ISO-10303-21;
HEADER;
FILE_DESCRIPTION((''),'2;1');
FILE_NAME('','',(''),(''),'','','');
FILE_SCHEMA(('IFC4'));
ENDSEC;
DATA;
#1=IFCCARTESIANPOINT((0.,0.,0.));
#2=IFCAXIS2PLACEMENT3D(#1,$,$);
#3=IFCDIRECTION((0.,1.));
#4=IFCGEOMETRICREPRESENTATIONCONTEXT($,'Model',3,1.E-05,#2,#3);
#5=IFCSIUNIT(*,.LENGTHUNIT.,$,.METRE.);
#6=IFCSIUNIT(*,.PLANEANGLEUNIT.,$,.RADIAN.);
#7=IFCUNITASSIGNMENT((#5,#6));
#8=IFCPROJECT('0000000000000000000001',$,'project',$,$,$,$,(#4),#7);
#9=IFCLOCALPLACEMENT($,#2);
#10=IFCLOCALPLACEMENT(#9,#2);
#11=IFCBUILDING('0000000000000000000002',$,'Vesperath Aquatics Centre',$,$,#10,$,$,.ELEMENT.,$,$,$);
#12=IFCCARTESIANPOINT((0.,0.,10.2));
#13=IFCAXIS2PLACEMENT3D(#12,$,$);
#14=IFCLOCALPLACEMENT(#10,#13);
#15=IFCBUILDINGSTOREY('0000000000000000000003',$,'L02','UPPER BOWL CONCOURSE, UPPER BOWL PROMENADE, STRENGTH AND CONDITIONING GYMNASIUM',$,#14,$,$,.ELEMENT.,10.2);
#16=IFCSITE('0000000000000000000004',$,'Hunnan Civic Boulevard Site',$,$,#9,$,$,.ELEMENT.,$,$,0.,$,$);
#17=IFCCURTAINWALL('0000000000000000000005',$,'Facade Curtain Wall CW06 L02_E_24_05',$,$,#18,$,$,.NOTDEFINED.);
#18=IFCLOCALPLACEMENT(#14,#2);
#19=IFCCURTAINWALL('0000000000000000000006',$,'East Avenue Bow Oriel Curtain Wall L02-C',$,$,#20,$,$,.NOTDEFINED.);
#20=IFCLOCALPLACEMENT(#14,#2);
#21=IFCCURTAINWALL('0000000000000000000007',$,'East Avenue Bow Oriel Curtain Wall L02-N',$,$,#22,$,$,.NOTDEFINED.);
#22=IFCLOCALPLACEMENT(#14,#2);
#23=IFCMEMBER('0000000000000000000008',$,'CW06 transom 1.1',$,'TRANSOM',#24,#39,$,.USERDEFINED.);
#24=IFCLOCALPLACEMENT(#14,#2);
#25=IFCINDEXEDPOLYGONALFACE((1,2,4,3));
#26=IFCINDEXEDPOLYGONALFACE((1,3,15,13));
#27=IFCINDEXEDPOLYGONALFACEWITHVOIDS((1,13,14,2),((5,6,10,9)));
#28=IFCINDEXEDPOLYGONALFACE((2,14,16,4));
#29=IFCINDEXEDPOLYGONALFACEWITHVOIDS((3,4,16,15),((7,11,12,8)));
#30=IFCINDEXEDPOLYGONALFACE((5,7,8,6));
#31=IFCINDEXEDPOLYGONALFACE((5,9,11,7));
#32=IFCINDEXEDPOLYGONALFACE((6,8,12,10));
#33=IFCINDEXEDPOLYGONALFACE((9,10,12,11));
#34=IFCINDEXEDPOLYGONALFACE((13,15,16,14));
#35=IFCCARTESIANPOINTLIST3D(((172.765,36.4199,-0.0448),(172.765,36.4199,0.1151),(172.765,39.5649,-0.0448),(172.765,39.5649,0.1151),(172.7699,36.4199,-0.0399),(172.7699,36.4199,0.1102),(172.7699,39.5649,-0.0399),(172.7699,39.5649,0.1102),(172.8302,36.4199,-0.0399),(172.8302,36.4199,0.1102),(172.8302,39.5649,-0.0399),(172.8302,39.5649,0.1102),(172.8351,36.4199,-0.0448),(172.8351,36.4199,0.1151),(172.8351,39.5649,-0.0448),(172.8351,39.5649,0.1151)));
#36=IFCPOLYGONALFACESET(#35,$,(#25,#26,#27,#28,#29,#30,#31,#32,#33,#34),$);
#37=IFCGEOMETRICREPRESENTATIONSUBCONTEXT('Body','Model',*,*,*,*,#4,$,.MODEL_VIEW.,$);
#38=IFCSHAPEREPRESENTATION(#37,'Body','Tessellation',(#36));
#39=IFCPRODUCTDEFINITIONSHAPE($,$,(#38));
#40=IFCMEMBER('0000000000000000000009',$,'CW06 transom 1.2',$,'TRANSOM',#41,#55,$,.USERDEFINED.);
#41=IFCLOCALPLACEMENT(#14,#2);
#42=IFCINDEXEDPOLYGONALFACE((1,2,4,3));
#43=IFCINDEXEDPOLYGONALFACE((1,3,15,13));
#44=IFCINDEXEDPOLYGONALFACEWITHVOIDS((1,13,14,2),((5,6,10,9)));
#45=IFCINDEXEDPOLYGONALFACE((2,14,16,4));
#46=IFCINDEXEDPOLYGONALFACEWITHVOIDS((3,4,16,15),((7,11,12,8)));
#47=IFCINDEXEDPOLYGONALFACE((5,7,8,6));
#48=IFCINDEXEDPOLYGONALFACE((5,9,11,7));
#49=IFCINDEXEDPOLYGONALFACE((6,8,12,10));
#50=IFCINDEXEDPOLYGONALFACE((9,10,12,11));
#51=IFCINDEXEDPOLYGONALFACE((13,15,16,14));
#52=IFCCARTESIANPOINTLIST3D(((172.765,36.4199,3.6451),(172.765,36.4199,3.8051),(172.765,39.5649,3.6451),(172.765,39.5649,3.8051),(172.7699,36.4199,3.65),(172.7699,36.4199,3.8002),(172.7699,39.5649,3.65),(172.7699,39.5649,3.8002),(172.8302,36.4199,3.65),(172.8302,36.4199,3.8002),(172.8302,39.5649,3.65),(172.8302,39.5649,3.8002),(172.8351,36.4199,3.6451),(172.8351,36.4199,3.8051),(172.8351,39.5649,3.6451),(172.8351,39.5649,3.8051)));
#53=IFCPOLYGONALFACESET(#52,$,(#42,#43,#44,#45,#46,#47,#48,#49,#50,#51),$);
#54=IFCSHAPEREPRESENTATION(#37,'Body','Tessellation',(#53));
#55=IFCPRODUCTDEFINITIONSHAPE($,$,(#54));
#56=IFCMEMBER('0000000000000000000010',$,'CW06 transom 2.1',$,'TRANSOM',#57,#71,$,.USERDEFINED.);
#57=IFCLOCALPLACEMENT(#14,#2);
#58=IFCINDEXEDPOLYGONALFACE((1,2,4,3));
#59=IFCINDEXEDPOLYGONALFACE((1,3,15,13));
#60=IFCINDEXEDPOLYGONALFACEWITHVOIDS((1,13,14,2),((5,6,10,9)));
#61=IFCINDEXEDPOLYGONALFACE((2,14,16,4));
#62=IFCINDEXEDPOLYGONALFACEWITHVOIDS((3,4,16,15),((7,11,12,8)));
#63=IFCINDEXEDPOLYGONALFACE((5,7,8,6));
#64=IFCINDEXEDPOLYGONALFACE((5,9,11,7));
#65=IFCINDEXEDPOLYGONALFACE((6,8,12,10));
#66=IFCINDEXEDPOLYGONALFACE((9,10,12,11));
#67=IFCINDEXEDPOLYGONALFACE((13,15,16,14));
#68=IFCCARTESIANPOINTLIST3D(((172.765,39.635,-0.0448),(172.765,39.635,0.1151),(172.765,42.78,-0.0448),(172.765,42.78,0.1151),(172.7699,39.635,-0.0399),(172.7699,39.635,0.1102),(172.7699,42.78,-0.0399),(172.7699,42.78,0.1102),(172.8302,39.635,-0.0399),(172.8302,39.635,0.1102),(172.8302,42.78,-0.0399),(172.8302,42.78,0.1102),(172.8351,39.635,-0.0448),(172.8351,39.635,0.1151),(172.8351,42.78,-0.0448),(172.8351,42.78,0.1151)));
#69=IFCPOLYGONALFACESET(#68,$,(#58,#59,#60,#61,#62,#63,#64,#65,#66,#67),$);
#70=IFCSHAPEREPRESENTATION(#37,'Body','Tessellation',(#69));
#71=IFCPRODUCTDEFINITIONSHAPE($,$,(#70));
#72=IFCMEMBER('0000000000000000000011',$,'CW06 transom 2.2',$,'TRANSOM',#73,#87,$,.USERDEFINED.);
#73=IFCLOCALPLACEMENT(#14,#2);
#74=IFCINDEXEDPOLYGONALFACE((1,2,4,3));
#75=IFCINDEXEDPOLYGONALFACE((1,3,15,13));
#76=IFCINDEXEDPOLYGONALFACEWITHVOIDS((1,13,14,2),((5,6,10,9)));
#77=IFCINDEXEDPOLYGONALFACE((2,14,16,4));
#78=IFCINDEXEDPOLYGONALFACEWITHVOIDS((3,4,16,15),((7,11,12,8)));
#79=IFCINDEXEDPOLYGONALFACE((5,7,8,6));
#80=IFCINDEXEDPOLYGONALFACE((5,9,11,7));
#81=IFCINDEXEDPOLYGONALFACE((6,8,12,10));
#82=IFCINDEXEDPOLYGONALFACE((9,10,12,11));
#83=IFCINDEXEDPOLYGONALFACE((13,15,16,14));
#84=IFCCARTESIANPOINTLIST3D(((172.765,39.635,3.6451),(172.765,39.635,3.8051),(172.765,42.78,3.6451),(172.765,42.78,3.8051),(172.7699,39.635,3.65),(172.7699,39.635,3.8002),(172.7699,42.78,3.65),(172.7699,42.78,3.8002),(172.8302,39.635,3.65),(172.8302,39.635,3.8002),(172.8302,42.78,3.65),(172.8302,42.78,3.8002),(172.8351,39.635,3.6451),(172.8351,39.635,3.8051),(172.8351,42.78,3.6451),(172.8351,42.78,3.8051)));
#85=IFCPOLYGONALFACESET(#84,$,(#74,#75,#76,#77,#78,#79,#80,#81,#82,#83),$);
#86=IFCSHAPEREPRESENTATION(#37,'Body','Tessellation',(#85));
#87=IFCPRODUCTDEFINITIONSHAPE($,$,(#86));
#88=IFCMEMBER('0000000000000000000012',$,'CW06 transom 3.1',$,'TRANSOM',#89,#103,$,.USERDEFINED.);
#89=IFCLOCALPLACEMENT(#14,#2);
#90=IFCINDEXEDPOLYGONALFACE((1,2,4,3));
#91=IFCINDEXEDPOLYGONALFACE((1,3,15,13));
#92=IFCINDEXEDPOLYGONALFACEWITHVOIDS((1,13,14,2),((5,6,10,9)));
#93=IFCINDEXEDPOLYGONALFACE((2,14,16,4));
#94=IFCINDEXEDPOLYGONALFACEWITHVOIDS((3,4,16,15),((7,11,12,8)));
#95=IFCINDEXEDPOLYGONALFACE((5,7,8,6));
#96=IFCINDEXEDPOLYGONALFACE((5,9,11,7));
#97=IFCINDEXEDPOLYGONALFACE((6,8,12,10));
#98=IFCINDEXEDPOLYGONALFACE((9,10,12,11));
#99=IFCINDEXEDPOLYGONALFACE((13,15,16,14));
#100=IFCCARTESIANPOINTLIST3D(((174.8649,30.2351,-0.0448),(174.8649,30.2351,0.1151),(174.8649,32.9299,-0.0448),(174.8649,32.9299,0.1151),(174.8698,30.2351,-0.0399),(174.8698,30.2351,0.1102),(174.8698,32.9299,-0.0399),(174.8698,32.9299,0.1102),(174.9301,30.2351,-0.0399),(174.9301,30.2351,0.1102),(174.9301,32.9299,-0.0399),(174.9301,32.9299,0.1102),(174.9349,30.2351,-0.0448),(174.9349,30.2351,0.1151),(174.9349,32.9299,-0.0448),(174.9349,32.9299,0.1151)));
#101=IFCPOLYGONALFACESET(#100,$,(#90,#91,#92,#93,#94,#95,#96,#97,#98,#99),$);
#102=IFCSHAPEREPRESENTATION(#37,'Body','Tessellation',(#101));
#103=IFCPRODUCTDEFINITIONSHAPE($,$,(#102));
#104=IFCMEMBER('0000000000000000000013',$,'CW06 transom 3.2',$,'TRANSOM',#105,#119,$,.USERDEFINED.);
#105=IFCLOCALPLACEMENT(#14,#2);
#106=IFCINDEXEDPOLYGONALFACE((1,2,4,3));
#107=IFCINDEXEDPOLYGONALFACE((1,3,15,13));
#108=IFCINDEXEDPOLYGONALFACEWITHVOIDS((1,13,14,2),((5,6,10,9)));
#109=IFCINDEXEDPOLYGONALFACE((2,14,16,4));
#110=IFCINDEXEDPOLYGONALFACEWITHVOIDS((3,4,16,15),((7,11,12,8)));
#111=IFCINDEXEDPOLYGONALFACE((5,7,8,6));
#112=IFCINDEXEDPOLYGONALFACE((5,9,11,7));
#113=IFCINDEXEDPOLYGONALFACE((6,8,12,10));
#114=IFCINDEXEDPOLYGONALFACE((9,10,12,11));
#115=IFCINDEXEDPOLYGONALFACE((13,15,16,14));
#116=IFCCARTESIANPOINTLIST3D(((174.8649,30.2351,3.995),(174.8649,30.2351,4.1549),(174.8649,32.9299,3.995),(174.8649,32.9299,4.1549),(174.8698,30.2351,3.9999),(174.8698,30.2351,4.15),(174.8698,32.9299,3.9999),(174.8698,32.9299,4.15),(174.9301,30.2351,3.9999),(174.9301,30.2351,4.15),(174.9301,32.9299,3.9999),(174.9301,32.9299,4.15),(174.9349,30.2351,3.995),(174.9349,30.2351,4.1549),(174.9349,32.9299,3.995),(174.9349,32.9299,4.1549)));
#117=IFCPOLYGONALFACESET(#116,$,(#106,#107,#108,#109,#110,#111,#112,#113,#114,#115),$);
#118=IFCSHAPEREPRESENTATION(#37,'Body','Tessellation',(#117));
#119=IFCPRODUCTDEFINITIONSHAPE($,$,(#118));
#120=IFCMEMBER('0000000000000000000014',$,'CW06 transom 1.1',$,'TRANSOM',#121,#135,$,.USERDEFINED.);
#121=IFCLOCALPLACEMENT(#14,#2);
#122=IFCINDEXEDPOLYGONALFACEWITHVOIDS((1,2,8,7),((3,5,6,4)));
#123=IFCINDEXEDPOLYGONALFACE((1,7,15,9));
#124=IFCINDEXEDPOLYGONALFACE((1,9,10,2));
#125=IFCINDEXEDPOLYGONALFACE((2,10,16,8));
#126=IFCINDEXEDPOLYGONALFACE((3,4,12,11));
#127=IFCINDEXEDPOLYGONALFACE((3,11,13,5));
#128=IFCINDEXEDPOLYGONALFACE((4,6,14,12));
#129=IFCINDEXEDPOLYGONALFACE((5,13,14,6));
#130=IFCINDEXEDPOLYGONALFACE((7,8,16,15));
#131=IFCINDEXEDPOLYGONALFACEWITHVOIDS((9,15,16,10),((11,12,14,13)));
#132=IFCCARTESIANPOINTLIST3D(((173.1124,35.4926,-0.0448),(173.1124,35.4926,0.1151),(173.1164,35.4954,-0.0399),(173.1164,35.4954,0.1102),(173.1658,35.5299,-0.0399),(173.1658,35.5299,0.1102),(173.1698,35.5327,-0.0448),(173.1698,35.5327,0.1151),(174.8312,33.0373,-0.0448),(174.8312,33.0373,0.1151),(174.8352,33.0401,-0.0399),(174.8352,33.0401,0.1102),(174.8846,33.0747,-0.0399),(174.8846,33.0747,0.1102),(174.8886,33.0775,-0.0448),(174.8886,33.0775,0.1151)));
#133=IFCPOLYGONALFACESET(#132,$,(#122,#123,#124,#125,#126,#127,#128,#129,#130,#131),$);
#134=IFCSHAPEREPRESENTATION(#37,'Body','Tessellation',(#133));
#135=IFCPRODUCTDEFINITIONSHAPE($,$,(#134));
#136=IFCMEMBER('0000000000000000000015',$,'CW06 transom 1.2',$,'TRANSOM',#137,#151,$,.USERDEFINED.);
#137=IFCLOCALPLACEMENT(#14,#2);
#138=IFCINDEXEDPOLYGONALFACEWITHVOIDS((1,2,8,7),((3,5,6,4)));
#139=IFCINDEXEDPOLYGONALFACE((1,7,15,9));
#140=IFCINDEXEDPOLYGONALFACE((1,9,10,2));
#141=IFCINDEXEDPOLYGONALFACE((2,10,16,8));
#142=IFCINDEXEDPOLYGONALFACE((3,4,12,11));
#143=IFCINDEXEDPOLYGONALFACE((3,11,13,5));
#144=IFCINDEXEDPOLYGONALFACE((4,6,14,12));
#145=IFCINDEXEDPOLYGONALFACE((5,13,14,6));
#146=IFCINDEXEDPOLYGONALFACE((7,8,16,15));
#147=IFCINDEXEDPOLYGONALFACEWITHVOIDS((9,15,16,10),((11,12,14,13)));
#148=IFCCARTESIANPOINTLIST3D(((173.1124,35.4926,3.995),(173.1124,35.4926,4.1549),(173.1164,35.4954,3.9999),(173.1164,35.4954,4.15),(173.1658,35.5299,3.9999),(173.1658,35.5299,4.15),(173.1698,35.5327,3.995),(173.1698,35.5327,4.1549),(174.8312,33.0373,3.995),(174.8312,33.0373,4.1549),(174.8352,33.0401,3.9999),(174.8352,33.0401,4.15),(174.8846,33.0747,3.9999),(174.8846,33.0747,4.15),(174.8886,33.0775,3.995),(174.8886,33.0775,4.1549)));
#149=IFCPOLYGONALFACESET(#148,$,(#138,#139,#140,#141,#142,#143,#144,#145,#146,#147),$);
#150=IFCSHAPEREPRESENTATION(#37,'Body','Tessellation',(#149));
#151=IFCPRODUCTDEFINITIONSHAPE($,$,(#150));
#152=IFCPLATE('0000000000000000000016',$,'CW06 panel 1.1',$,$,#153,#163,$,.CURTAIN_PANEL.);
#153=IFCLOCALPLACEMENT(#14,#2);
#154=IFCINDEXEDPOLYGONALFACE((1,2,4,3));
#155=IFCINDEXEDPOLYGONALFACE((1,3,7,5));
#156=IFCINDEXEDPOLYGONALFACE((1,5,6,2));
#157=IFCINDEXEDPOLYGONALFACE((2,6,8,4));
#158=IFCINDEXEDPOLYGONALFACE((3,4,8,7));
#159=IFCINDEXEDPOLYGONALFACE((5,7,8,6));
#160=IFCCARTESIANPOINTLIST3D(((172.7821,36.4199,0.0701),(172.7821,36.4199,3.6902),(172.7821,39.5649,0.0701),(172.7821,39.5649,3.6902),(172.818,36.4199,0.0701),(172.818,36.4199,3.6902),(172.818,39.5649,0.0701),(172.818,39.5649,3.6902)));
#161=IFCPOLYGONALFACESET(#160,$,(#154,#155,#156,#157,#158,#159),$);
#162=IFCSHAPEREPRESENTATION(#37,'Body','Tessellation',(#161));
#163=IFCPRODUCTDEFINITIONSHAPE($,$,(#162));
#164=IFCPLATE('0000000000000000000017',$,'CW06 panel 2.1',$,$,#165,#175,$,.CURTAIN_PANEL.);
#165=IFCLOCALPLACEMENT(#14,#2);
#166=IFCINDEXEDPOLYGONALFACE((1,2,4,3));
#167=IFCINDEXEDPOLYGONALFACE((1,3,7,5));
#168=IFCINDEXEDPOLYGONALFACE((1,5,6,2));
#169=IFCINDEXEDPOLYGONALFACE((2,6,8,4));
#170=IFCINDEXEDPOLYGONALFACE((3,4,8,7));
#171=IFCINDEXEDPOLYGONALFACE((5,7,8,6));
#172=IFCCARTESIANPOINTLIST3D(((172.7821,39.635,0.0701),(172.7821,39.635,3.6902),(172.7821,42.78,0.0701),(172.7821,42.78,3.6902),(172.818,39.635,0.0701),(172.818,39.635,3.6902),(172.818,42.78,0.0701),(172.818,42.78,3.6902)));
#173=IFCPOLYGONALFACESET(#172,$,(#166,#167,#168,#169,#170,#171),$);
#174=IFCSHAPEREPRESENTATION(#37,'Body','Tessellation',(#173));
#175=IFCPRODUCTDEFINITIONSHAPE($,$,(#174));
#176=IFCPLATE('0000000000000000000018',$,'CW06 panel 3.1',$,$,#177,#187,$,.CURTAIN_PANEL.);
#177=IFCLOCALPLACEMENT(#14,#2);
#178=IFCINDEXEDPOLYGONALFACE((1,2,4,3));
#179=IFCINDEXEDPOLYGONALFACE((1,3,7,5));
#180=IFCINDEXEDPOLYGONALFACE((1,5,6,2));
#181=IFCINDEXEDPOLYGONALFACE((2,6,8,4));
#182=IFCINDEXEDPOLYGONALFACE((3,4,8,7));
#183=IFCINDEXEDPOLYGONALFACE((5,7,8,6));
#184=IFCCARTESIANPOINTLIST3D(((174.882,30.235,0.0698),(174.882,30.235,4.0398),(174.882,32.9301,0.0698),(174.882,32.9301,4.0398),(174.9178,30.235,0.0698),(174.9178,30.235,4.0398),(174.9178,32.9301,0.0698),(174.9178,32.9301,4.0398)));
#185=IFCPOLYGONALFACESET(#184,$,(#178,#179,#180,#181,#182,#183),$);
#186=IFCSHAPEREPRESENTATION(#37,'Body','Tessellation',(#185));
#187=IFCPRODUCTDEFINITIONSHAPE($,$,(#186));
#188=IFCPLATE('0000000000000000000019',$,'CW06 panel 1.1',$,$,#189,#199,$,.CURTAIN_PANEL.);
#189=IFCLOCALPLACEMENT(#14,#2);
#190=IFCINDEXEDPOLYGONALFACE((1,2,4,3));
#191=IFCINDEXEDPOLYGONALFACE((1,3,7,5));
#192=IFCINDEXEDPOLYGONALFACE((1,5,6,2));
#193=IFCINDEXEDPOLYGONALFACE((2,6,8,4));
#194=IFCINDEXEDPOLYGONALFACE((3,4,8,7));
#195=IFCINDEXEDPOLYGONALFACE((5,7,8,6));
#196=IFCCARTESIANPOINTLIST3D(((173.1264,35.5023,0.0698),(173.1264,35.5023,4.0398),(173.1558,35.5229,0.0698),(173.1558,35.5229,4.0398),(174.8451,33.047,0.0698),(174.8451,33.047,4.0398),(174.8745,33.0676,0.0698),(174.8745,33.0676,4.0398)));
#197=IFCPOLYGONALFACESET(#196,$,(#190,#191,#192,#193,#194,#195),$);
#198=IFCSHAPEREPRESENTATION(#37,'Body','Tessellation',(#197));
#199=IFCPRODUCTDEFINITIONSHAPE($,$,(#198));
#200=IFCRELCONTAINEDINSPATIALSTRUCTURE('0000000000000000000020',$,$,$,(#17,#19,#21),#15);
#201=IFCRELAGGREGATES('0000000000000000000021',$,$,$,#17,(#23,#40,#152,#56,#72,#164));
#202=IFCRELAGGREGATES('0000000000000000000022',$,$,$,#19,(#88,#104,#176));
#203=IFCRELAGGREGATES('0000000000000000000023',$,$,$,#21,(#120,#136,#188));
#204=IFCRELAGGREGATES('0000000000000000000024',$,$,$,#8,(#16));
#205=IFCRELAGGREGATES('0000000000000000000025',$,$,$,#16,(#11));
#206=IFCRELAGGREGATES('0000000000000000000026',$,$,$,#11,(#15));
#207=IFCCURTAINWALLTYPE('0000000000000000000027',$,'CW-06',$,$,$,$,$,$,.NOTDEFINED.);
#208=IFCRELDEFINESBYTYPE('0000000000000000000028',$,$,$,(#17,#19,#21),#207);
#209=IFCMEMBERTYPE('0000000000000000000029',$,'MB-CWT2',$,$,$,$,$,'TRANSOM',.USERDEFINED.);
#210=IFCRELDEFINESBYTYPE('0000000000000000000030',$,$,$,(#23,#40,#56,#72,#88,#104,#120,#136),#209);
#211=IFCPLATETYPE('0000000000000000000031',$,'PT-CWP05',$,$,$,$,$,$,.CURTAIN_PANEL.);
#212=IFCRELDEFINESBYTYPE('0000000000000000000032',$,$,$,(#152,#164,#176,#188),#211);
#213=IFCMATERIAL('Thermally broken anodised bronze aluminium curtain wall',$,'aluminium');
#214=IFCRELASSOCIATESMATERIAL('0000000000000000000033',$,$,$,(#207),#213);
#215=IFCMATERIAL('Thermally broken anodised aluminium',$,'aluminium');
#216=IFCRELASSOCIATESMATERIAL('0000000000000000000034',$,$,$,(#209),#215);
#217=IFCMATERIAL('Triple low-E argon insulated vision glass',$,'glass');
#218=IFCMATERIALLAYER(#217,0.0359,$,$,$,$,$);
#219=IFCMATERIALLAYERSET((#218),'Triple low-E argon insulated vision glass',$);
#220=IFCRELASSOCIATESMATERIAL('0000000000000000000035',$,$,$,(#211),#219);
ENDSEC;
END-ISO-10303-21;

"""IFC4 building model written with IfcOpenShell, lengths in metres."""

from ifc_helpers import new_model, si_unit, direction, frame, origin, origin_2d, place, context, subcontext, project, spatial, rectangle, hollow_rectangle, extrude, material, layer, layer_set, material_profile, profile_set, type_object, element, aggregate, save


model = new_model("IFC4")

# Units and contexts
model_context = context("Model", 3, precision=1e-05, world=origin(), true_north=direction((0.0, 1.0)))
body_context = subcontext(model_context, "Body", "Model", "MODEL_VIEW")
ifc_project = project(units=[si_unit("LENGTHUNIT", "METRE"), si_unit("PLANEANGLEUNIT", "RADIAN")], contexts=[model_context])

# Site, building, storey
site_placement = place(None, origin())
site = spatial("IfcSite", under=ifc_project, at=site_placement, Name="Hunnan Civic Boulevard Site", CompositionType="ELEMENT", RefElevation=0.0)
building_placement = place(site_placement, origin())
building = spatial("IfcBuilding", under=site, at=building_placement, Name="Vesperath Aquatics Centre", CompositionType="ELEMENT")
storey_placement = place(building_placement, frame((0.0, 0.0, 10.2)))
storey = spatial("IfcBuildingStorey", under=building, at=storey_placement, Name="L02", Description="UPPER BOWL CONCOURSE, UPPER BOWL PROMENADE, STRENGTH AND CONDITIONING GYMNASIUM", CompositionType="ELEMENT", Elevation=10.2)

# Curtain walls
ifc_material_1 = material(Name="Thermally broken anodised bronze aluminium curtain wall", Category="aluminium")
curtain_wall_type = type_object("IfcCurtainWallType", Name="CW-06", PredefinedType="NOTDEFINED", material=ifc_material_1)
curtain_wall_1_placement = place(storey_placement, origin())
curtain_wall_1 = element("IfcCurtainWall", 1, at=curtain_wall_1_placement, inside=storey, type_object=curtain_wall_type, Name="Facade Curtain Wall CW06 L02_E_24_05", PredefinedType="NOTDEFINED")
ifc_material_2 = material(Name="Thermally broken anodised aluminium", Category="aluminium")
curtain_wall_2_placement = place(storey_placement, origin())
curtain_wall_2 = element("IfcCurtainWall", 2, at=curtain_wall_2_placement, inside=storey, type_object=curtain_wall_type, Name="East Avenue Bow Oriel Curtain Wall L02-C", PredefinedType="NOTDEFINED")
curtain_wall_3_placement = place(storey_placement, origin())
curtain_wall_3 = element("IfcCurtainWall", 3, at=curtain_wall_3_placement, inside=storey, type_object=curtain_wall_type, Name="East Avenue Bow Oriel Curtain Wall L02-N", PredefinedType="NOTDEFINED")

# Members
ifc_material_profile_1 = material_profile(ifc_material_2, hollow_rectangle(XDim=0.0701, YDim=0.1599, WallThickness=0.0049, at=origin_2d()), Name="CWT 70x160x5")
ifc_profile_set_1 = profile_set([ifc_material_profile_1], Name="Thermally broken anodised aluminium")
member_type_1 = type_object("IfcMemberType", Name="MB-CWT2", ElementType="TRANSOM", PredefinedType="USERDEFINED", material=ifc_profile_set_1)
member_1_placement = place(storey_placement, frame((172.8, 36.4199, 0.0352), z_axis=(0.0, 1.0, 0.0), x_axis=(-1.0, 0.0, 0.0)))
member_1 = element("IfcMember", 4, at=member_1_placement, type_object=member_type_1, Name="CW06 transom 1.1", ObjectType="TRANSOM", PredefinedType="USERDEFINED", context=body_context, shape_type="SweptSolid", body=[
    extrude(hollow_rectangle(XDim=0.0701, YDim=0.1599, WallThickness=0.0049, at=origin_2d()), origin(), (0.0, 0.0, 1.0), 3.145),
])
member_2_placement = place(storey_placement, frame((172.8, 36.4199, 3.7251), z_axis=(0.0, 1.0, 0.0), x_axis=(-1.0, 0.0, 0.0)))
member_2 = element("IfcMember", 5, at=member_2_placement, type_object=member_type_1, Name="CW06 transom 1.2", ObjectType="TRANSOM", PredefinedType="USERDEFINED", context=body_context, shape_type="SweptSolid", body=[
    extrude(hollow_rectangle(XDim=0.0701, YDim=0.1599, WallThickness=0.0049, at=origin_2d()), origin(), (0.0, 0.0, 1.0), 3.145),
])
member_3_placement = place(storey_placement, frame((172.8, 39.635, 0.0352), z_axis=(0.0, 1.0, 0.0), x_axis=(-1.0, 0.0, 0.0)))
member_3 = element("IfcMember", 6, at=member_3_placement, type_object=member_type_1, Name="CW06 transom 2.1", ObjectType="TRANSOM", PredefinedType="USERDEFINED", context=body_context, shape_type="SweptSolid", body=[
    extrude(hollow_rectangle(XDim=0.0701, YDim=0.1599, WallThickness=0.0049, at=origin_2d()), origin(), (0.0, 0.0, 1.0), 3.145),
])
member_4_placement = place(storey_placement, frame((172.8, 39.635, 3.7251), z_axis=(0.0, 1.0, 0.0), x_axis=(-1.0, 0.0, 0.0)))
member_4 = element("IfcMember", 7, at=member_4_placement, type_object=member_type_1, Name="CW06 transom 2.2", ObjectType="TRANSOM", PredefinedType="USERDEFINED", context=body_context, shape_type="SweptSolid", body=[
    extrude(hollow_rectangle(XDim=0.0701, YDim=0.1599, WallThickness=0.0049, at=origin_2d()), origin(), (0.0, 0.0, 1.0), 3.145),
])
member_5_placement = place(storey_placement, frame((174.8999, 30.2351, 0.0352), z_axis=(0.0, 1.0, 0.0), x_axis=(-1.0, 0.0, 0.0)))
member_5 = element("IfcMember", 8, at=member_5_placement, type_object=member_type_1, Name="CW06 transom 3.1", ObjectType="TRANSOM", PredefinedType="USERDEFINED", context=body_context, shape_type="SweptSolid", body=[
    extrude(hollow_rectangle(XDim=0.0701, YDim=0.1599, WallThickness=0.0049, at=origin_2d()), origin(), (0.0, 0.0, 1.0), 2.6948),
])
member_6_placement = place(storey_placement, frame((174.8999, 30.2351, 4.075), z_axis=(0.0, 1.0, 0.0), x_axis=(-1.0, 0.0, 0.0)))
member_6 = element("IfcMember", 9, at=member_6_placement, type_object=member_type_1, Name="CW06 transom 3.2", ObjectType="TRANSOM", PredefinedType="USERDEFINED", context=body_context, shape_type="SweptSolid", body=[
    extrude(hollow_rectangle(XDim=0.0701, YDim=0.1599, WallThickness=0.0049, at=origin_2d()), origin(), (0.0, 0.0, 1.0), 2.6948),
])
member_7_placement = place(storey_placement, frame((174.8599, 33.0574, 0.0352), z_axis=(-0.573468, 0.819228, 0.0), x_axis=(-0.819228, -0.573468, 0.0)))
member_7 = element("IfcMember", 10, at=member_7_placement, type_object=member_type_1, Name="CW06 transom 1.1", ObjectType="TRANSOM", PredefinedType="USERDEFINED", context=body_context, shape_type="SweptSolid", body=[
    extrude(hollow_rectangle(XDim=0.0701, YDim=0.1599, WallThickness=0.0049, at=origin_2d()), origin(), (0.0, 0.0, 1.0), 2.9971),
])
member_8_placement = place(storey_placement, frame((174.8599, 33.0574, 4.075), z_axis=(-0.573468, 0.819228, 0.0), x_axis=(-0.819228, -0.573468, 0.0)))
member_8 = element("IfcMember", 11, at=member_8_placement, type_object=member_type_1, Name="CW06 transom 1.2", ObjectType="TRANSOM", PredefinedType="USERDEFINED", context=body_context, shape_type="SweptSolid", body=[
    extrude(hollow_rectangle(XDim=0.0701, YDim=0.1599, WallThickness=0.0049, at=origin_2d()), origin(), (0.0, 0.0, 1.0), 2.9971),
])

# Plates
ifc_material_3 = material(Name="Triple low-E argon insulated vision glass", Category="glass")
ifc_layer_1 = layer(ifc_material_3, 0.0359)
ifc_layer_set_1 = layer_set([ifc_layer_1], Name="Triple low-E argon insulated vision glass")
plate_type = type_object("IfcPlateType", Name="PT-CWP05", PredefinedType="CURTAIN_PANEL", material=ifc_layer_set_1)
plate_1_placement = place(storey_placement, frame((172.8, 37.9924, 0.0701), z_axis=(0.0, 0.0, 1.0), x_axis=(0.0, 1.0, 0.0)))
plate_1 = element("IfcPlate", 12, at=plate_1_placement, type_object=plate_type, Name="CW06 panel 1.1", PredefinedType="CURTAIN_PANEL", context=body_context, shape_type="SweptSolid", body=[
    extrude(rectangle(XDim=3.145, YDim=0.0359, at=origin_2d()), origin(), (0.0, 0.0, 1.0), 3.6201),
])
plate_2_placement = place(storey_placement, frame((172.8, 41.2075, 0.0701), z_axis=(0.0, 0.0, 1.0), x_axis=(0.0, 1.0, 0.0)))
plate_2 = element("IfcPlate", 13, at=plate_2_placement, type_object=plate_type, Name="CW06 panel 2.1", PredefinedType="CURTAIN_PANEL", context=body_context, shape_type="SweptSolid", body=[
    extrude(rectangle(XDim=3.145, YDim=0.0359, at=origin_2d()), origin(), (0.0, 0.0, 1.0), 3.6201),
])
aggregate(curtain_wall_1, [member_1, member_2, plate_1, member_3, member_4, plate_2])
plate_3_placement = place(storey_placement, frame((174.8999, 31.5825, 0.0698), z_axis=(0.0, 0.0, 1.0), x_axis=(0.0, 1.0, 0.0)))
plate_3 = element("IfcPlate", 14, at=plate_3_placement, type_object=plate_type, Name="CW06 panel 3.1", PredefinedType="CURTAIN_PANEL", context=body_context, shape_type="SweptSolid", body=[
    extrude(rectangle(XDim=2.6951, YDim=0.0359, at=origin_2d()), origin(), (0.0, 0.0, 1.0), 3.97),
])
aggregate(curtain_wall_2, [member_5, member_6, plate_3])
plate_4_placement = place(storey_placement, frame((174.0005, 34.2849, 0.0698), z_axis=(0.0, 0.0, 1.0), x_axis=(-0.573462, 0.819232, 0.0)))
plate_4 = element("IfcPlate", 15, at=plate_4_placement, type_object=plate_type, Name="CW06 panel 1.1", PredefinedType="CURTAIN_PANEL", context=body_context, shape_type="SweptSolid", body=[
    extrude(rectangle(XDim=2.9971, YDim=0.0359, at=origin_2d()), origin(), (0.0, 0.0, 1.0), 3.97),
])
aggregate(curtain_wall_3, [member_7, member_8, plate_4])

save(model, "model.ifc")
